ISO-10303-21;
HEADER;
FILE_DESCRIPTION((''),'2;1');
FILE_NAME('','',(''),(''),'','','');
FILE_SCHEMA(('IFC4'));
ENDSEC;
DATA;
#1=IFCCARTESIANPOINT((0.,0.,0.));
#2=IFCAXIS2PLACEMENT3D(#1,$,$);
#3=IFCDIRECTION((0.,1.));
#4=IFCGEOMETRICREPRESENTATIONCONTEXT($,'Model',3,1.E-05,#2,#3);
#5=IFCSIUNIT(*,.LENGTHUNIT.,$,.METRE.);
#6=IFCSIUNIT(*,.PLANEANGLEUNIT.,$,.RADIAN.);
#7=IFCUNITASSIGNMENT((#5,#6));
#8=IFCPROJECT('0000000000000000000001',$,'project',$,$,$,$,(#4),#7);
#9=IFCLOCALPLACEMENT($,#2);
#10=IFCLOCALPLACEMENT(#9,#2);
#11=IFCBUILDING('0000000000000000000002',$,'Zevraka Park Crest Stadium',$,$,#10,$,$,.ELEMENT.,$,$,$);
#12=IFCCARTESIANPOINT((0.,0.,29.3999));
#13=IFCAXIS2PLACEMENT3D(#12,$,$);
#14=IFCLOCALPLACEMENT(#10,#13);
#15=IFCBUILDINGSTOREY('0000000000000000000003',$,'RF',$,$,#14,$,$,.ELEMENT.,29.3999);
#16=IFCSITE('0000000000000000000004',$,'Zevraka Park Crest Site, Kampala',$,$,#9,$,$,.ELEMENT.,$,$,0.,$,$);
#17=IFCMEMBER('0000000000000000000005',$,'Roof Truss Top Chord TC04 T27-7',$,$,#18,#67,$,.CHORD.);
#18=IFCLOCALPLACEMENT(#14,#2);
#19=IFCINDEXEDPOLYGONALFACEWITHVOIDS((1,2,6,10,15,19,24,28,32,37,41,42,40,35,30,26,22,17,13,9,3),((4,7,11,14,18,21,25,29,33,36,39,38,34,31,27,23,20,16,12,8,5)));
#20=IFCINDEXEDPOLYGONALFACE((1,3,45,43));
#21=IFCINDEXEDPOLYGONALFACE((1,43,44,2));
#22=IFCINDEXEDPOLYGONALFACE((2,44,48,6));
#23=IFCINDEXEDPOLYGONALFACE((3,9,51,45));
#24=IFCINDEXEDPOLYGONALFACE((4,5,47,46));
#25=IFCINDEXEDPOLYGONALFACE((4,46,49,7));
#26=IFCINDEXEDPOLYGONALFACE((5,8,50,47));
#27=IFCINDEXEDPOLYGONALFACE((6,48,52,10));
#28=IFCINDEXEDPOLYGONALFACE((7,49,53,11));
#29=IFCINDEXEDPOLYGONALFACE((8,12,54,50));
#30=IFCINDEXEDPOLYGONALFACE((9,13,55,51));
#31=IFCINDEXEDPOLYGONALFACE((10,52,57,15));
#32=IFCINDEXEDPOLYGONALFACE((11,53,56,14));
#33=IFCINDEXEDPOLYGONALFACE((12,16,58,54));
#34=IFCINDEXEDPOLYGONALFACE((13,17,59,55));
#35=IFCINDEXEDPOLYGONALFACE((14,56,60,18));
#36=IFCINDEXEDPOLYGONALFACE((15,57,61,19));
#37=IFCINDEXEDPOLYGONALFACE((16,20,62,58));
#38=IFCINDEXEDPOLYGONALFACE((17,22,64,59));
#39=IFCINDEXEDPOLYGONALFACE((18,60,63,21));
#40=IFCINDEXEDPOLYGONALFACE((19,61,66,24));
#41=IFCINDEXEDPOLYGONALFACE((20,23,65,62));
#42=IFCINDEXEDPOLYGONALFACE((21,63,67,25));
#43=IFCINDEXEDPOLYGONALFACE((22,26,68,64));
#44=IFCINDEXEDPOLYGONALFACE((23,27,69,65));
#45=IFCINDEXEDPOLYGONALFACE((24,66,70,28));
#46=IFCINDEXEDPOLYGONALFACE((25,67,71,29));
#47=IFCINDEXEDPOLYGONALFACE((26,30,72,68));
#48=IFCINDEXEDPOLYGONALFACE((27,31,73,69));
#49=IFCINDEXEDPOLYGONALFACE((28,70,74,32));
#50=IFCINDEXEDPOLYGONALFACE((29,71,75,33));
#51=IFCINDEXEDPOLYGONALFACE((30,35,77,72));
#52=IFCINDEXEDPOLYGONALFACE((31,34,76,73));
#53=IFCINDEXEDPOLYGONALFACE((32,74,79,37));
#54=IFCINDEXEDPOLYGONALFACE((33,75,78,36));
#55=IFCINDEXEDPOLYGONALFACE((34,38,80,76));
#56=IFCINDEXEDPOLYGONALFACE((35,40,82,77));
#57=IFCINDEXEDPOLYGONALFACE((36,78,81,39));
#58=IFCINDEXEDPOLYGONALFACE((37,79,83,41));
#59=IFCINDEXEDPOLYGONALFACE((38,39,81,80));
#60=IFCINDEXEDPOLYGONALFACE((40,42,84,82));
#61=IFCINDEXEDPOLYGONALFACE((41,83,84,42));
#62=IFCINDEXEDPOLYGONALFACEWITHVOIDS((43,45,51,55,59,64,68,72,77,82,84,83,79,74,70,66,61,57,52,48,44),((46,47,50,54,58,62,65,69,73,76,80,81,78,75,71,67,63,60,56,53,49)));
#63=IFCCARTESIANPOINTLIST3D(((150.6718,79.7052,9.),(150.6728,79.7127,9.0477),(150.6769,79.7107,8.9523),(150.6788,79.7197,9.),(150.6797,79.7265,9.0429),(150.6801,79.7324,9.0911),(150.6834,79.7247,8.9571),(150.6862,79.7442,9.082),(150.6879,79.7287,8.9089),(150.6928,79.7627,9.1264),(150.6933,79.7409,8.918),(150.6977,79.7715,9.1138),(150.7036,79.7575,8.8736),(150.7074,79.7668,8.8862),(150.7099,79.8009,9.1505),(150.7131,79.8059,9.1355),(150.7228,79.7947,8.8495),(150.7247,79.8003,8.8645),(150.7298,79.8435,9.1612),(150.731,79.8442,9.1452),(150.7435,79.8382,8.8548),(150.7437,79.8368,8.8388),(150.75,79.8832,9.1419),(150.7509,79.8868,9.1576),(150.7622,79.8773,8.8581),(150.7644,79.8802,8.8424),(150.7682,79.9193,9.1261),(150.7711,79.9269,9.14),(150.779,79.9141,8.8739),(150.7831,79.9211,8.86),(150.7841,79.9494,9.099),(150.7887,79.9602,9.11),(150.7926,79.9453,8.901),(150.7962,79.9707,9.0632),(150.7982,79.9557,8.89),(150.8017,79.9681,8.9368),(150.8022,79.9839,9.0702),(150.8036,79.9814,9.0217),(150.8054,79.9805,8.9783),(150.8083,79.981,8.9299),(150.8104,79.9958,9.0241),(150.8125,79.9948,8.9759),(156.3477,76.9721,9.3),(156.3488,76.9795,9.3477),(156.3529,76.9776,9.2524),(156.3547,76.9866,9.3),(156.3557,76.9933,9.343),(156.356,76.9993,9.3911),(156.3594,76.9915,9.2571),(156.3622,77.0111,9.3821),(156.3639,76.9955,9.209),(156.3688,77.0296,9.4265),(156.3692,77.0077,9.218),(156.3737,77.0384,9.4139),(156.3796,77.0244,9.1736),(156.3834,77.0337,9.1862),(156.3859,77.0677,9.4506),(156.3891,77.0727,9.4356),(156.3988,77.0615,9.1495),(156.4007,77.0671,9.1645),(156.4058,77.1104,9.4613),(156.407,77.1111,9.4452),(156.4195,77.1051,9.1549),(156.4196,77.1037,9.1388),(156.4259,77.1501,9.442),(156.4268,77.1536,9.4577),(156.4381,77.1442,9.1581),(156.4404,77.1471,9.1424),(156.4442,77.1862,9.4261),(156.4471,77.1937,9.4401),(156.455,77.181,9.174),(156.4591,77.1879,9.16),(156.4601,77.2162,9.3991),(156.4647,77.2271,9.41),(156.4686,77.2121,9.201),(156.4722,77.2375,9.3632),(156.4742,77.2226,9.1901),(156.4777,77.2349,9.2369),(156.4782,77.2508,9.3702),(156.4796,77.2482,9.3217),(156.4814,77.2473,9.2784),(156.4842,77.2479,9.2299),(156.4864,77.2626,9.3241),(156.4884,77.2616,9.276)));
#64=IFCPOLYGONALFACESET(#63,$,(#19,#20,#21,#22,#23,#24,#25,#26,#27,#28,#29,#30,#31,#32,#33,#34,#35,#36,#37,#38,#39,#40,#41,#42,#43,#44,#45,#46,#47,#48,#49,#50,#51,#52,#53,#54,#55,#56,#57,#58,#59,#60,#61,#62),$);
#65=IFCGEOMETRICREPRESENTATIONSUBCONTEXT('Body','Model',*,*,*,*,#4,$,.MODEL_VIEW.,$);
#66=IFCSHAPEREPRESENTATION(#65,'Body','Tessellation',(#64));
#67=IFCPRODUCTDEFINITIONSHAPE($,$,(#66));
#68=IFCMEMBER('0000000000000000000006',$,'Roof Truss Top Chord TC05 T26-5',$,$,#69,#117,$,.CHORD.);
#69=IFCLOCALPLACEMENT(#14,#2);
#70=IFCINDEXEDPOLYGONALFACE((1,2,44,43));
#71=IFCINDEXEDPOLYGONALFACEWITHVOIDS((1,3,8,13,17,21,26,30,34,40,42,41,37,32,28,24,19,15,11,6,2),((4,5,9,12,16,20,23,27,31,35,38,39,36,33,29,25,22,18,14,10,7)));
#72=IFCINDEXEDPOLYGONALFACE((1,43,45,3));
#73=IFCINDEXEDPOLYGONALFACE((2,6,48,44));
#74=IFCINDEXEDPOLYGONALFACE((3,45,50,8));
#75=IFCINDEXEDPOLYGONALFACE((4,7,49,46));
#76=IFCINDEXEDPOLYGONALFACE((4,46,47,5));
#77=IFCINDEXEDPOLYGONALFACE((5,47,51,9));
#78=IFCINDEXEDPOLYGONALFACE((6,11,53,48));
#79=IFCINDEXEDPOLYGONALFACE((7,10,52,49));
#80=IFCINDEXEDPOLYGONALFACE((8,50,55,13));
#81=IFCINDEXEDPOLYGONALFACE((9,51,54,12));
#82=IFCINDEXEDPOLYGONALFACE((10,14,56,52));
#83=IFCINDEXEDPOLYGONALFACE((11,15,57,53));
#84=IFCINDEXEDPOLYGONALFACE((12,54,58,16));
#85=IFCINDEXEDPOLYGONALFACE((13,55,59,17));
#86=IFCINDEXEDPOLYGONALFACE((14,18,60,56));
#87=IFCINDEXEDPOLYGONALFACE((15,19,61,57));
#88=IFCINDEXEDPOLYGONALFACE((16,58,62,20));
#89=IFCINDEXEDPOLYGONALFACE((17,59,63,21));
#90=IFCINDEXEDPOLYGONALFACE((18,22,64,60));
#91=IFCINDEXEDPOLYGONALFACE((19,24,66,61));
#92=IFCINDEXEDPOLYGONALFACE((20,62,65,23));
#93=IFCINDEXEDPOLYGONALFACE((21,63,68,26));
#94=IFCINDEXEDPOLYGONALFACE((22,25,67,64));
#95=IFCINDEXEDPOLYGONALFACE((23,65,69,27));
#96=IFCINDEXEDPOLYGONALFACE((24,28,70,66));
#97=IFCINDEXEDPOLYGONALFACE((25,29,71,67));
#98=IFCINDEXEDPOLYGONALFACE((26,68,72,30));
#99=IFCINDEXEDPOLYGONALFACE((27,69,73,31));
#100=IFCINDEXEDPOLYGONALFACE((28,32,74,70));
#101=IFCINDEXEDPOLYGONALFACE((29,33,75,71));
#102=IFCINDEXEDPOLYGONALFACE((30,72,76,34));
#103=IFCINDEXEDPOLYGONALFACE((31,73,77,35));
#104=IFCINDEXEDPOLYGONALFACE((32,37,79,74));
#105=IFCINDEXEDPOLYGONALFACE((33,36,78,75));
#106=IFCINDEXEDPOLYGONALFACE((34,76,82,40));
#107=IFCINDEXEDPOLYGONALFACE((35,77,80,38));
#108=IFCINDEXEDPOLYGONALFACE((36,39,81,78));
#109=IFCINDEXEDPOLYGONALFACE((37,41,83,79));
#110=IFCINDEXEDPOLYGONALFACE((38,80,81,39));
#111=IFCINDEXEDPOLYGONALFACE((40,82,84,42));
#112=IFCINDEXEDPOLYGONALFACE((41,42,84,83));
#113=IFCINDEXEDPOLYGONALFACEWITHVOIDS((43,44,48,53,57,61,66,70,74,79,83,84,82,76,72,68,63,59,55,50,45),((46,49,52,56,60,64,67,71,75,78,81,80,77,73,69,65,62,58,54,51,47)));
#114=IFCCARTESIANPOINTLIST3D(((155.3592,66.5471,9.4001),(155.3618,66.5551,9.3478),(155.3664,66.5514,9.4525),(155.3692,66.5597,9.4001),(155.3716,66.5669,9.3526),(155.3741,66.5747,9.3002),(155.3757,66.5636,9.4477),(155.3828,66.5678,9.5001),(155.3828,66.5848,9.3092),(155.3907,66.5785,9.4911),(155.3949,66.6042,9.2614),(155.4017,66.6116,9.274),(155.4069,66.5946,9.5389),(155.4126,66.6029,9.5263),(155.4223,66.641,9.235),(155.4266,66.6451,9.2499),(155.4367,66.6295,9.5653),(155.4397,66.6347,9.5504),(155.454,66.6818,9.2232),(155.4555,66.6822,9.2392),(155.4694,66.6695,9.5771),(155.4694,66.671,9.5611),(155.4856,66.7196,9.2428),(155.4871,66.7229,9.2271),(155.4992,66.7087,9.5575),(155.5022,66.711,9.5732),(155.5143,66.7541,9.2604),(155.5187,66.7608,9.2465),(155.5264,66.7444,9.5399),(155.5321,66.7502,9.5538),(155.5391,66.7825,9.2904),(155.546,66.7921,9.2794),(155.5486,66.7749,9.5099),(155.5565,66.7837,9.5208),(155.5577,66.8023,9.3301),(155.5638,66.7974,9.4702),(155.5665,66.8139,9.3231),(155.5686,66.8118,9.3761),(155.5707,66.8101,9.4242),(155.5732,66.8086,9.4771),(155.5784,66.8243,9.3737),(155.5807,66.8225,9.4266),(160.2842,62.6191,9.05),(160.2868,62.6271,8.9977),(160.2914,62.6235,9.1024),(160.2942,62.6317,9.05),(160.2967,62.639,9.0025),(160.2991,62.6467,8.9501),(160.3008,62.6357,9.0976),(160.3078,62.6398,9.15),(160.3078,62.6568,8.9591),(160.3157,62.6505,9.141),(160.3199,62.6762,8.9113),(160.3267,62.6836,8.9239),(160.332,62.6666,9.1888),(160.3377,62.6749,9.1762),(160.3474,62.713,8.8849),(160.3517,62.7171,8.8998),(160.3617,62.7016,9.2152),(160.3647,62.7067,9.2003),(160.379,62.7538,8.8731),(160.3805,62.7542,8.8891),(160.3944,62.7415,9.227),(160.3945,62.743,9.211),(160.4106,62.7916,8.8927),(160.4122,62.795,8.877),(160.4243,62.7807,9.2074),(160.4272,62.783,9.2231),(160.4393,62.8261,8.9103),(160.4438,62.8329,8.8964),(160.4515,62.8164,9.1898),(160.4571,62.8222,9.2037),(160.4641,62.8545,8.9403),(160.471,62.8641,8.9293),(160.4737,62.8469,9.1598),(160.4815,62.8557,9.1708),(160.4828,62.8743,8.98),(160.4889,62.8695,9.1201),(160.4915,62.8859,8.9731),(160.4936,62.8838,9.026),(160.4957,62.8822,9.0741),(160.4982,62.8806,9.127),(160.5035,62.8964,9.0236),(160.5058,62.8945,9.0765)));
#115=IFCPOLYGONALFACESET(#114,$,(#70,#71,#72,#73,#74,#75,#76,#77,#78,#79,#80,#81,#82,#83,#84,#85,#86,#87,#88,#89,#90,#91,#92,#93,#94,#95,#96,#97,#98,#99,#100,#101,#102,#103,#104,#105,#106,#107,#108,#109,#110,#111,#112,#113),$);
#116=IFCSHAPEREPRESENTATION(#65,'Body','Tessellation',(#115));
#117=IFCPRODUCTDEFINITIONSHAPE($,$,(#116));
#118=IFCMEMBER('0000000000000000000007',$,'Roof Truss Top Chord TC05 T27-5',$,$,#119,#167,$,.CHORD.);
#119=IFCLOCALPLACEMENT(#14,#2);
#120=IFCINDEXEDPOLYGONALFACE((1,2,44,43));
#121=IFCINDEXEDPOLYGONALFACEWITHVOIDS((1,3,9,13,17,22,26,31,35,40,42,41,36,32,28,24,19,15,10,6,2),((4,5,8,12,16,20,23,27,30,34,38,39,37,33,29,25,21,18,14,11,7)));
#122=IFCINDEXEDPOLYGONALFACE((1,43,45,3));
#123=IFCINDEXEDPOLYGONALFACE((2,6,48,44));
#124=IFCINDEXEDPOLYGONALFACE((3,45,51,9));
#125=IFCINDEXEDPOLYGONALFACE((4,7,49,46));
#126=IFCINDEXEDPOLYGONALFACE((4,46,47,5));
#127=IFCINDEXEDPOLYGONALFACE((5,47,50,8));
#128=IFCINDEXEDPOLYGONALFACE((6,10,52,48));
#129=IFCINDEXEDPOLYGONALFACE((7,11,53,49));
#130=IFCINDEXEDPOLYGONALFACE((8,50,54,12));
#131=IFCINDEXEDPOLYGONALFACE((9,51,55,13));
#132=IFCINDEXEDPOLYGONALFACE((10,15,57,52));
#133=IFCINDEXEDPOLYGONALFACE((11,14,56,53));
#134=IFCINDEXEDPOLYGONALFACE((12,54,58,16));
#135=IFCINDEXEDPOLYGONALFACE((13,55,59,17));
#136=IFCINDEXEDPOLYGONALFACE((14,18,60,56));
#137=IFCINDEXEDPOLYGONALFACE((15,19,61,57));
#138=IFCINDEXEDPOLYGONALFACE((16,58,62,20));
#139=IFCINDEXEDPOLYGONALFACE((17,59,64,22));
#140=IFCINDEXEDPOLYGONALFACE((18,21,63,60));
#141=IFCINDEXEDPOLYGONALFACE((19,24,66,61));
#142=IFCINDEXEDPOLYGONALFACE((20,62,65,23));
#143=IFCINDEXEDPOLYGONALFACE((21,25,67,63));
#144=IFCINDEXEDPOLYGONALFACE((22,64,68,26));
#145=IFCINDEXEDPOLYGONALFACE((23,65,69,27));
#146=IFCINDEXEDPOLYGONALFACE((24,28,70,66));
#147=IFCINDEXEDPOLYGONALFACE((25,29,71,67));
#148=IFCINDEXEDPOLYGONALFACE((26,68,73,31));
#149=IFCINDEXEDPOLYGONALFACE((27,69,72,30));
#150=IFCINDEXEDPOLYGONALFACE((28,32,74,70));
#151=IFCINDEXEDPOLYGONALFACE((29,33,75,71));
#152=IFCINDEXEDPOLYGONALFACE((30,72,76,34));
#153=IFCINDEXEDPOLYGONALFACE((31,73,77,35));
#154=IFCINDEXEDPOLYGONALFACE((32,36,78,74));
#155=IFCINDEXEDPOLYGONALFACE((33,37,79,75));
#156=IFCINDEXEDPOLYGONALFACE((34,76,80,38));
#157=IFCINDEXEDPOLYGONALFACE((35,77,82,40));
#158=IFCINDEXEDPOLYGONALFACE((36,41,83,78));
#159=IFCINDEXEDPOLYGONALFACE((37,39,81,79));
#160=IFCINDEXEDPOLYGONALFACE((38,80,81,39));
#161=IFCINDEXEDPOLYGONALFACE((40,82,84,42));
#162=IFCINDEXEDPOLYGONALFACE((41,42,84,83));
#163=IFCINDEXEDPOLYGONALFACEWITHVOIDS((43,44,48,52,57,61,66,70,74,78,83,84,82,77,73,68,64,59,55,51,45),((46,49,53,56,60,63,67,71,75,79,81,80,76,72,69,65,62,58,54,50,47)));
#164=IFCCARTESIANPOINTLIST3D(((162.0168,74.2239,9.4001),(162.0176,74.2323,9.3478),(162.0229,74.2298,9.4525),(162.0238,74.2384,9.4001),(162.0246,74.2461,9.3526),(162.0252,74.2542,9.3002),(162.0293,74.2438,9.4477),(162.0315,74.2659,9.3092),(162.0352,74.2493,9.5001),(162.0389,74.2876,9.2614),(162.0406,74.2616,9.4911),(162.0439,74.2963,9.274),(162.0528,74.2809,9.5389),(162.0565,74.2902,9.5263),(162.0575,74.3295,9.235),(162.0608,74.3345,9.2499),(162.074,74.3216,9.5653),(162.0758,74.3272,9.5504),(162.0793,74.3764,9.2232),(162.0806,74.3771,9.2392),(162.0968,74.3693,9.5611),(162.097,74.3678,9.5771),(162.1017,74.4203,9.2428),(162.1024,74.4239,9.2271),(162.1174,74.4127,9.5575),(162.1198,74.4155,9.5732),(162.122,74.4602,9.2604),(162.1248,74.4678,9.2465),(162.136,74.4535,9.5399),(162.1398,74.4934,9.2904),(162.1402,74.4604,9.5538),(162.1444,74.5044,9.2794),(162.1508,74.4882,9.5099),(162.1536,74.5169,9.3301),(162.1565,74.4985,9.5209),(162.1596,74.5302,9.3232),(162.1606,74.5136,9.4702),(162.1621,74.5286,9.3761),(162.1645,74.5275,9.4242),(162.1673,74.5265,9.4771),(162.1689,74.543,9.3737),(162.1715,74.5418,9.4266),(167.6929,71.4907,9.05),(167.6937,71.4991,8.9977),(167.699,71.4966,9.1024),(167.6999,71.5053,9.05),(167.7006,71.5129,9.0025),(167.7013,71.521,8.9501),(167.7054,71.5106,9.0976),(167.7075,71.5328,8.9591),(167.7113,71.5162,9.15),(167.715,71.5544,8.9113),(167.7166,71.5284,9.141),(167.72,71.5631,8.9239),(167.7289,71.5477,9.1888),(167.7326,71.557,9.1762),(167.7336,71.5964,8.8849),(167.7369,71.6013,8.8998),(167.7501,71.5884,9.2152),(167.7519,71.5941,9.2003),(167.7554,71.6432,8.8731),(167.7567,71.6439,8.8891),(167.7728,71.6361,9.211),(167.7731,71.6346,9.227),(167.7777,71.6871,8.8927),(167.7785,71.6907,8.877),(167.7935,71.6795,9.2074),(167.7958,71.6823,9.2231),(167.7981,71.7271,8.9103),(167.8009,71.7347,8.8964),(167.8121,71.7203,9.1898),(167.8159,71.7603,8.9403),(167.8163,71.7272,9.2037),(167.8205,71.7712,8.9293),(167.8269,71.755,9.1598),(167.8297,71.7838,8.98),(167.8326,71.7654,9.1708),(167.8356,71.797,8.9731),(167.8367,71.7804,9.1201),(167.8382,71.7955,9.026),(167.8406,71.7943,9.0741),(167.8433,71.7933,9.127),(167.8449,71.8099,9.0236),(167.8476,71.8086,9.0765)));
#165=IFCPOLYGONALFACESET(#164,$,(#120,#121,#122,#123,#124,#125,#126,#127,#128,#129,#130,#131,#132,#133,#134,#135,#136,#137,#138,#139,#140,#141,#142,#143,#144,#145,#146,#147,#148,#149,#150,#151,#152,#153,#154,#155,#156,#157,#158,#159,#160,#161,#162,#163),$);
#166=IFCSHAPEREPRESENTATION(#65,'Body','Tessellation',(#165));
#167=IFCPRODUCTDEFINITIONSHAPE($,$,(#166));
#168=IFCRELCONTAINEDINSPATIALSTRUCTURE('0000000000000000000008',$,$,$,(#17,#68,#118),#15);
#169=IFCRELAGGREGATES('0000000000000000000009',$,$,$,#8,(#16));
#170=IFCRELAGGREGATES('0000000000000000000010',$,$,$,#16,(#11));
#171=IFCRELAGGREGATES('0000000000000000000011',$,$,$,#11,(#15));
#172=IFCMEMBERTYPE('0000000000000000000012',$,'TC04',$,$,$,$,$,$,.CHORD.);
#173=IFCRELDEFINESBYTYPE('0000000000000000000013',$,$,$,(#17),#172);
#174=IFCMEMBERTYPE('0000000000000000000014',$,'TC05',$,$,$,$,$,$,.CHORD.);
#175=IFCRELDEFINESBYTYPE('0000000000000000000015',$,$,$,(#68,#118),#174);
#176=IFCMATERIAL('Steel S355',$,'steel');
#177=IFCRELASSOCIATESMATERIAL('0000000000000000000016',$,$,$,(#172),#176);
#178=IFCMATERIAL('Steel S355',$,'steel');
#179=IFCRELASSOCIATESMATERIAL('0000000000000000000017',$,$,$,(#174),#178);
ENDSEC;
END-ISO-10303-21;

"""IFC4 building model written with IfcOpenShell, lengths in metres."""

from ifc_helpers import new_model, si_unit, direction, frame, origin, origin_2d, place, context, subcontext, project, spatial, hollow_circle, extrude, material, material_profile, profile_set, type_object, element, save


model = new_model("IFC4")

# Units and contexts
model_context = context("Model", 3, precision=1e-05, world=origin(), true_north=direction((0.0, 1.0)))
body_context = subcontext(model_context, "Body", "Model", "MODEL_VIEW")
ifc_project = project(units=[si_unit("LENGTHUNIT", "METRE"), si_unit("PLANEANGLEUNIT", "RADIAN")], contexts=[model_context])

# Site, building, storey
site_placement = place(None, origin())
site = spatial("IfcSite", under=ifc_project, at=site_placement, Name="Zevraka Park Crest Site, Kampala", CompositionType="ELEMENT", RefElevation=0.0)
building_placement = place(site_placement, origin())
building = spatial("IfcBuilding", under=site, at=building_placement, Name="Zevraka Park Crest Stadium", CompositionType="ELEMENT")
storey_placement = place(building_placement, frame((0.0, 0.0, 29.3999)))
storey = spatial("IfcBuildingStorey", under=building, at=storey_placement, Name="RF", CompositionType="ELEMENT", Elevation=29.3999)

# Members
ifc_material_1 = material(Name="Steel S355", Category="steel")
ifc_material_profile_1 = material_profile(ifc_material_1, hollow_circle(Radius=0.1619, WallThickness=0.0161, at=origin_2d()), Name="CHS 323.9x16")
ifc_profile_set_1 = profile_set([ifc_material_profile_1], Name="Steel S355")
member_type_1 = type_object("IfcMemberType", Name="TC04", PredefinedType="CHORD", material=ifc_profile_set_1)
member_1_placement = place(storey_placement, frame((156.418, 77.1179, 9.3), z_axis=(-0.899966, 0.433357, -0.047574), x_axis=(-0.433848, -0.900986, 0.0)))
element("IfcMember", 1, at=member_1_placement, inside=storey, type_object=member_type_1, Name="Roof Truss Top Chord TC04 T27-7", PredefinedType="CHORD", context=body_context, shape_type="SweptSolid", body=[
    extrude(hollow_circle(Radius=0.1619, WallThickness=0.0161, at=origin_2d()), origin(), (0.0, 0.0, 1.0), 6.3069),
])
ifc_material_2 = material(Name="Steel S355", Category="steel")
ifc_material_profile_2 = material_profile(ifc_material_2, hollow_circle(Radius=0.1777, WallThickness=0.0161, at=origin_2d()), Name="CHS 355.6x16")
ifc_profile_set_2 = profile_set([ifc_material_profile_2], Name="Steel S355")
member_type_2 = type_object("IfcMemberType", Name="TC05", PredefinedType="CHORD", material=ifc_profile_set_2)
member_2_placement = place(storey_placement, frame((160.395, 62.7581, 9.05), z_axis=(-0.780597, 0.622566, 0.055489), x_axis=(-0.623527, -0.781802, 0.0)))
element("IfcMember", 2, at=member_2_placement, inside=storey, type_object=member_type_2, Name="Roof Truss Top Chord TC05 T26-5", PredefinedType="CHORD", context=body_context, shape_type="SweptSolid", body=[
    extrude(hollow_circle(Radius=0.1777, WallThickness=0.0161, at=origin_2d()), origin(), (0.0, 0.0, 1.0), 6.3093),
])
member_3_placement = place(storey_placement, frame((167.77, 71.6509, 9.05), z_axis=(-0.899598, 0.43318, 0.055487), x_axis=(-0.433848, -0.900986, 0.0)))
element("IfcMember", 3, at=member_3_placement, inside=storey, type_object=member_type_2, Name="Roof Truss Top Chord TC05 T27-5", PredefinedType="CHORD", context=body_context, shape_type="SweptSolid", body=[
    extrude(hollow_circle(Radius=0.1777, WallThickness=0.0161, at=origin_2d()), origin(), (0.0, 0.0, 1.0), 6.3096),
])

save(model, "model.ifc")
